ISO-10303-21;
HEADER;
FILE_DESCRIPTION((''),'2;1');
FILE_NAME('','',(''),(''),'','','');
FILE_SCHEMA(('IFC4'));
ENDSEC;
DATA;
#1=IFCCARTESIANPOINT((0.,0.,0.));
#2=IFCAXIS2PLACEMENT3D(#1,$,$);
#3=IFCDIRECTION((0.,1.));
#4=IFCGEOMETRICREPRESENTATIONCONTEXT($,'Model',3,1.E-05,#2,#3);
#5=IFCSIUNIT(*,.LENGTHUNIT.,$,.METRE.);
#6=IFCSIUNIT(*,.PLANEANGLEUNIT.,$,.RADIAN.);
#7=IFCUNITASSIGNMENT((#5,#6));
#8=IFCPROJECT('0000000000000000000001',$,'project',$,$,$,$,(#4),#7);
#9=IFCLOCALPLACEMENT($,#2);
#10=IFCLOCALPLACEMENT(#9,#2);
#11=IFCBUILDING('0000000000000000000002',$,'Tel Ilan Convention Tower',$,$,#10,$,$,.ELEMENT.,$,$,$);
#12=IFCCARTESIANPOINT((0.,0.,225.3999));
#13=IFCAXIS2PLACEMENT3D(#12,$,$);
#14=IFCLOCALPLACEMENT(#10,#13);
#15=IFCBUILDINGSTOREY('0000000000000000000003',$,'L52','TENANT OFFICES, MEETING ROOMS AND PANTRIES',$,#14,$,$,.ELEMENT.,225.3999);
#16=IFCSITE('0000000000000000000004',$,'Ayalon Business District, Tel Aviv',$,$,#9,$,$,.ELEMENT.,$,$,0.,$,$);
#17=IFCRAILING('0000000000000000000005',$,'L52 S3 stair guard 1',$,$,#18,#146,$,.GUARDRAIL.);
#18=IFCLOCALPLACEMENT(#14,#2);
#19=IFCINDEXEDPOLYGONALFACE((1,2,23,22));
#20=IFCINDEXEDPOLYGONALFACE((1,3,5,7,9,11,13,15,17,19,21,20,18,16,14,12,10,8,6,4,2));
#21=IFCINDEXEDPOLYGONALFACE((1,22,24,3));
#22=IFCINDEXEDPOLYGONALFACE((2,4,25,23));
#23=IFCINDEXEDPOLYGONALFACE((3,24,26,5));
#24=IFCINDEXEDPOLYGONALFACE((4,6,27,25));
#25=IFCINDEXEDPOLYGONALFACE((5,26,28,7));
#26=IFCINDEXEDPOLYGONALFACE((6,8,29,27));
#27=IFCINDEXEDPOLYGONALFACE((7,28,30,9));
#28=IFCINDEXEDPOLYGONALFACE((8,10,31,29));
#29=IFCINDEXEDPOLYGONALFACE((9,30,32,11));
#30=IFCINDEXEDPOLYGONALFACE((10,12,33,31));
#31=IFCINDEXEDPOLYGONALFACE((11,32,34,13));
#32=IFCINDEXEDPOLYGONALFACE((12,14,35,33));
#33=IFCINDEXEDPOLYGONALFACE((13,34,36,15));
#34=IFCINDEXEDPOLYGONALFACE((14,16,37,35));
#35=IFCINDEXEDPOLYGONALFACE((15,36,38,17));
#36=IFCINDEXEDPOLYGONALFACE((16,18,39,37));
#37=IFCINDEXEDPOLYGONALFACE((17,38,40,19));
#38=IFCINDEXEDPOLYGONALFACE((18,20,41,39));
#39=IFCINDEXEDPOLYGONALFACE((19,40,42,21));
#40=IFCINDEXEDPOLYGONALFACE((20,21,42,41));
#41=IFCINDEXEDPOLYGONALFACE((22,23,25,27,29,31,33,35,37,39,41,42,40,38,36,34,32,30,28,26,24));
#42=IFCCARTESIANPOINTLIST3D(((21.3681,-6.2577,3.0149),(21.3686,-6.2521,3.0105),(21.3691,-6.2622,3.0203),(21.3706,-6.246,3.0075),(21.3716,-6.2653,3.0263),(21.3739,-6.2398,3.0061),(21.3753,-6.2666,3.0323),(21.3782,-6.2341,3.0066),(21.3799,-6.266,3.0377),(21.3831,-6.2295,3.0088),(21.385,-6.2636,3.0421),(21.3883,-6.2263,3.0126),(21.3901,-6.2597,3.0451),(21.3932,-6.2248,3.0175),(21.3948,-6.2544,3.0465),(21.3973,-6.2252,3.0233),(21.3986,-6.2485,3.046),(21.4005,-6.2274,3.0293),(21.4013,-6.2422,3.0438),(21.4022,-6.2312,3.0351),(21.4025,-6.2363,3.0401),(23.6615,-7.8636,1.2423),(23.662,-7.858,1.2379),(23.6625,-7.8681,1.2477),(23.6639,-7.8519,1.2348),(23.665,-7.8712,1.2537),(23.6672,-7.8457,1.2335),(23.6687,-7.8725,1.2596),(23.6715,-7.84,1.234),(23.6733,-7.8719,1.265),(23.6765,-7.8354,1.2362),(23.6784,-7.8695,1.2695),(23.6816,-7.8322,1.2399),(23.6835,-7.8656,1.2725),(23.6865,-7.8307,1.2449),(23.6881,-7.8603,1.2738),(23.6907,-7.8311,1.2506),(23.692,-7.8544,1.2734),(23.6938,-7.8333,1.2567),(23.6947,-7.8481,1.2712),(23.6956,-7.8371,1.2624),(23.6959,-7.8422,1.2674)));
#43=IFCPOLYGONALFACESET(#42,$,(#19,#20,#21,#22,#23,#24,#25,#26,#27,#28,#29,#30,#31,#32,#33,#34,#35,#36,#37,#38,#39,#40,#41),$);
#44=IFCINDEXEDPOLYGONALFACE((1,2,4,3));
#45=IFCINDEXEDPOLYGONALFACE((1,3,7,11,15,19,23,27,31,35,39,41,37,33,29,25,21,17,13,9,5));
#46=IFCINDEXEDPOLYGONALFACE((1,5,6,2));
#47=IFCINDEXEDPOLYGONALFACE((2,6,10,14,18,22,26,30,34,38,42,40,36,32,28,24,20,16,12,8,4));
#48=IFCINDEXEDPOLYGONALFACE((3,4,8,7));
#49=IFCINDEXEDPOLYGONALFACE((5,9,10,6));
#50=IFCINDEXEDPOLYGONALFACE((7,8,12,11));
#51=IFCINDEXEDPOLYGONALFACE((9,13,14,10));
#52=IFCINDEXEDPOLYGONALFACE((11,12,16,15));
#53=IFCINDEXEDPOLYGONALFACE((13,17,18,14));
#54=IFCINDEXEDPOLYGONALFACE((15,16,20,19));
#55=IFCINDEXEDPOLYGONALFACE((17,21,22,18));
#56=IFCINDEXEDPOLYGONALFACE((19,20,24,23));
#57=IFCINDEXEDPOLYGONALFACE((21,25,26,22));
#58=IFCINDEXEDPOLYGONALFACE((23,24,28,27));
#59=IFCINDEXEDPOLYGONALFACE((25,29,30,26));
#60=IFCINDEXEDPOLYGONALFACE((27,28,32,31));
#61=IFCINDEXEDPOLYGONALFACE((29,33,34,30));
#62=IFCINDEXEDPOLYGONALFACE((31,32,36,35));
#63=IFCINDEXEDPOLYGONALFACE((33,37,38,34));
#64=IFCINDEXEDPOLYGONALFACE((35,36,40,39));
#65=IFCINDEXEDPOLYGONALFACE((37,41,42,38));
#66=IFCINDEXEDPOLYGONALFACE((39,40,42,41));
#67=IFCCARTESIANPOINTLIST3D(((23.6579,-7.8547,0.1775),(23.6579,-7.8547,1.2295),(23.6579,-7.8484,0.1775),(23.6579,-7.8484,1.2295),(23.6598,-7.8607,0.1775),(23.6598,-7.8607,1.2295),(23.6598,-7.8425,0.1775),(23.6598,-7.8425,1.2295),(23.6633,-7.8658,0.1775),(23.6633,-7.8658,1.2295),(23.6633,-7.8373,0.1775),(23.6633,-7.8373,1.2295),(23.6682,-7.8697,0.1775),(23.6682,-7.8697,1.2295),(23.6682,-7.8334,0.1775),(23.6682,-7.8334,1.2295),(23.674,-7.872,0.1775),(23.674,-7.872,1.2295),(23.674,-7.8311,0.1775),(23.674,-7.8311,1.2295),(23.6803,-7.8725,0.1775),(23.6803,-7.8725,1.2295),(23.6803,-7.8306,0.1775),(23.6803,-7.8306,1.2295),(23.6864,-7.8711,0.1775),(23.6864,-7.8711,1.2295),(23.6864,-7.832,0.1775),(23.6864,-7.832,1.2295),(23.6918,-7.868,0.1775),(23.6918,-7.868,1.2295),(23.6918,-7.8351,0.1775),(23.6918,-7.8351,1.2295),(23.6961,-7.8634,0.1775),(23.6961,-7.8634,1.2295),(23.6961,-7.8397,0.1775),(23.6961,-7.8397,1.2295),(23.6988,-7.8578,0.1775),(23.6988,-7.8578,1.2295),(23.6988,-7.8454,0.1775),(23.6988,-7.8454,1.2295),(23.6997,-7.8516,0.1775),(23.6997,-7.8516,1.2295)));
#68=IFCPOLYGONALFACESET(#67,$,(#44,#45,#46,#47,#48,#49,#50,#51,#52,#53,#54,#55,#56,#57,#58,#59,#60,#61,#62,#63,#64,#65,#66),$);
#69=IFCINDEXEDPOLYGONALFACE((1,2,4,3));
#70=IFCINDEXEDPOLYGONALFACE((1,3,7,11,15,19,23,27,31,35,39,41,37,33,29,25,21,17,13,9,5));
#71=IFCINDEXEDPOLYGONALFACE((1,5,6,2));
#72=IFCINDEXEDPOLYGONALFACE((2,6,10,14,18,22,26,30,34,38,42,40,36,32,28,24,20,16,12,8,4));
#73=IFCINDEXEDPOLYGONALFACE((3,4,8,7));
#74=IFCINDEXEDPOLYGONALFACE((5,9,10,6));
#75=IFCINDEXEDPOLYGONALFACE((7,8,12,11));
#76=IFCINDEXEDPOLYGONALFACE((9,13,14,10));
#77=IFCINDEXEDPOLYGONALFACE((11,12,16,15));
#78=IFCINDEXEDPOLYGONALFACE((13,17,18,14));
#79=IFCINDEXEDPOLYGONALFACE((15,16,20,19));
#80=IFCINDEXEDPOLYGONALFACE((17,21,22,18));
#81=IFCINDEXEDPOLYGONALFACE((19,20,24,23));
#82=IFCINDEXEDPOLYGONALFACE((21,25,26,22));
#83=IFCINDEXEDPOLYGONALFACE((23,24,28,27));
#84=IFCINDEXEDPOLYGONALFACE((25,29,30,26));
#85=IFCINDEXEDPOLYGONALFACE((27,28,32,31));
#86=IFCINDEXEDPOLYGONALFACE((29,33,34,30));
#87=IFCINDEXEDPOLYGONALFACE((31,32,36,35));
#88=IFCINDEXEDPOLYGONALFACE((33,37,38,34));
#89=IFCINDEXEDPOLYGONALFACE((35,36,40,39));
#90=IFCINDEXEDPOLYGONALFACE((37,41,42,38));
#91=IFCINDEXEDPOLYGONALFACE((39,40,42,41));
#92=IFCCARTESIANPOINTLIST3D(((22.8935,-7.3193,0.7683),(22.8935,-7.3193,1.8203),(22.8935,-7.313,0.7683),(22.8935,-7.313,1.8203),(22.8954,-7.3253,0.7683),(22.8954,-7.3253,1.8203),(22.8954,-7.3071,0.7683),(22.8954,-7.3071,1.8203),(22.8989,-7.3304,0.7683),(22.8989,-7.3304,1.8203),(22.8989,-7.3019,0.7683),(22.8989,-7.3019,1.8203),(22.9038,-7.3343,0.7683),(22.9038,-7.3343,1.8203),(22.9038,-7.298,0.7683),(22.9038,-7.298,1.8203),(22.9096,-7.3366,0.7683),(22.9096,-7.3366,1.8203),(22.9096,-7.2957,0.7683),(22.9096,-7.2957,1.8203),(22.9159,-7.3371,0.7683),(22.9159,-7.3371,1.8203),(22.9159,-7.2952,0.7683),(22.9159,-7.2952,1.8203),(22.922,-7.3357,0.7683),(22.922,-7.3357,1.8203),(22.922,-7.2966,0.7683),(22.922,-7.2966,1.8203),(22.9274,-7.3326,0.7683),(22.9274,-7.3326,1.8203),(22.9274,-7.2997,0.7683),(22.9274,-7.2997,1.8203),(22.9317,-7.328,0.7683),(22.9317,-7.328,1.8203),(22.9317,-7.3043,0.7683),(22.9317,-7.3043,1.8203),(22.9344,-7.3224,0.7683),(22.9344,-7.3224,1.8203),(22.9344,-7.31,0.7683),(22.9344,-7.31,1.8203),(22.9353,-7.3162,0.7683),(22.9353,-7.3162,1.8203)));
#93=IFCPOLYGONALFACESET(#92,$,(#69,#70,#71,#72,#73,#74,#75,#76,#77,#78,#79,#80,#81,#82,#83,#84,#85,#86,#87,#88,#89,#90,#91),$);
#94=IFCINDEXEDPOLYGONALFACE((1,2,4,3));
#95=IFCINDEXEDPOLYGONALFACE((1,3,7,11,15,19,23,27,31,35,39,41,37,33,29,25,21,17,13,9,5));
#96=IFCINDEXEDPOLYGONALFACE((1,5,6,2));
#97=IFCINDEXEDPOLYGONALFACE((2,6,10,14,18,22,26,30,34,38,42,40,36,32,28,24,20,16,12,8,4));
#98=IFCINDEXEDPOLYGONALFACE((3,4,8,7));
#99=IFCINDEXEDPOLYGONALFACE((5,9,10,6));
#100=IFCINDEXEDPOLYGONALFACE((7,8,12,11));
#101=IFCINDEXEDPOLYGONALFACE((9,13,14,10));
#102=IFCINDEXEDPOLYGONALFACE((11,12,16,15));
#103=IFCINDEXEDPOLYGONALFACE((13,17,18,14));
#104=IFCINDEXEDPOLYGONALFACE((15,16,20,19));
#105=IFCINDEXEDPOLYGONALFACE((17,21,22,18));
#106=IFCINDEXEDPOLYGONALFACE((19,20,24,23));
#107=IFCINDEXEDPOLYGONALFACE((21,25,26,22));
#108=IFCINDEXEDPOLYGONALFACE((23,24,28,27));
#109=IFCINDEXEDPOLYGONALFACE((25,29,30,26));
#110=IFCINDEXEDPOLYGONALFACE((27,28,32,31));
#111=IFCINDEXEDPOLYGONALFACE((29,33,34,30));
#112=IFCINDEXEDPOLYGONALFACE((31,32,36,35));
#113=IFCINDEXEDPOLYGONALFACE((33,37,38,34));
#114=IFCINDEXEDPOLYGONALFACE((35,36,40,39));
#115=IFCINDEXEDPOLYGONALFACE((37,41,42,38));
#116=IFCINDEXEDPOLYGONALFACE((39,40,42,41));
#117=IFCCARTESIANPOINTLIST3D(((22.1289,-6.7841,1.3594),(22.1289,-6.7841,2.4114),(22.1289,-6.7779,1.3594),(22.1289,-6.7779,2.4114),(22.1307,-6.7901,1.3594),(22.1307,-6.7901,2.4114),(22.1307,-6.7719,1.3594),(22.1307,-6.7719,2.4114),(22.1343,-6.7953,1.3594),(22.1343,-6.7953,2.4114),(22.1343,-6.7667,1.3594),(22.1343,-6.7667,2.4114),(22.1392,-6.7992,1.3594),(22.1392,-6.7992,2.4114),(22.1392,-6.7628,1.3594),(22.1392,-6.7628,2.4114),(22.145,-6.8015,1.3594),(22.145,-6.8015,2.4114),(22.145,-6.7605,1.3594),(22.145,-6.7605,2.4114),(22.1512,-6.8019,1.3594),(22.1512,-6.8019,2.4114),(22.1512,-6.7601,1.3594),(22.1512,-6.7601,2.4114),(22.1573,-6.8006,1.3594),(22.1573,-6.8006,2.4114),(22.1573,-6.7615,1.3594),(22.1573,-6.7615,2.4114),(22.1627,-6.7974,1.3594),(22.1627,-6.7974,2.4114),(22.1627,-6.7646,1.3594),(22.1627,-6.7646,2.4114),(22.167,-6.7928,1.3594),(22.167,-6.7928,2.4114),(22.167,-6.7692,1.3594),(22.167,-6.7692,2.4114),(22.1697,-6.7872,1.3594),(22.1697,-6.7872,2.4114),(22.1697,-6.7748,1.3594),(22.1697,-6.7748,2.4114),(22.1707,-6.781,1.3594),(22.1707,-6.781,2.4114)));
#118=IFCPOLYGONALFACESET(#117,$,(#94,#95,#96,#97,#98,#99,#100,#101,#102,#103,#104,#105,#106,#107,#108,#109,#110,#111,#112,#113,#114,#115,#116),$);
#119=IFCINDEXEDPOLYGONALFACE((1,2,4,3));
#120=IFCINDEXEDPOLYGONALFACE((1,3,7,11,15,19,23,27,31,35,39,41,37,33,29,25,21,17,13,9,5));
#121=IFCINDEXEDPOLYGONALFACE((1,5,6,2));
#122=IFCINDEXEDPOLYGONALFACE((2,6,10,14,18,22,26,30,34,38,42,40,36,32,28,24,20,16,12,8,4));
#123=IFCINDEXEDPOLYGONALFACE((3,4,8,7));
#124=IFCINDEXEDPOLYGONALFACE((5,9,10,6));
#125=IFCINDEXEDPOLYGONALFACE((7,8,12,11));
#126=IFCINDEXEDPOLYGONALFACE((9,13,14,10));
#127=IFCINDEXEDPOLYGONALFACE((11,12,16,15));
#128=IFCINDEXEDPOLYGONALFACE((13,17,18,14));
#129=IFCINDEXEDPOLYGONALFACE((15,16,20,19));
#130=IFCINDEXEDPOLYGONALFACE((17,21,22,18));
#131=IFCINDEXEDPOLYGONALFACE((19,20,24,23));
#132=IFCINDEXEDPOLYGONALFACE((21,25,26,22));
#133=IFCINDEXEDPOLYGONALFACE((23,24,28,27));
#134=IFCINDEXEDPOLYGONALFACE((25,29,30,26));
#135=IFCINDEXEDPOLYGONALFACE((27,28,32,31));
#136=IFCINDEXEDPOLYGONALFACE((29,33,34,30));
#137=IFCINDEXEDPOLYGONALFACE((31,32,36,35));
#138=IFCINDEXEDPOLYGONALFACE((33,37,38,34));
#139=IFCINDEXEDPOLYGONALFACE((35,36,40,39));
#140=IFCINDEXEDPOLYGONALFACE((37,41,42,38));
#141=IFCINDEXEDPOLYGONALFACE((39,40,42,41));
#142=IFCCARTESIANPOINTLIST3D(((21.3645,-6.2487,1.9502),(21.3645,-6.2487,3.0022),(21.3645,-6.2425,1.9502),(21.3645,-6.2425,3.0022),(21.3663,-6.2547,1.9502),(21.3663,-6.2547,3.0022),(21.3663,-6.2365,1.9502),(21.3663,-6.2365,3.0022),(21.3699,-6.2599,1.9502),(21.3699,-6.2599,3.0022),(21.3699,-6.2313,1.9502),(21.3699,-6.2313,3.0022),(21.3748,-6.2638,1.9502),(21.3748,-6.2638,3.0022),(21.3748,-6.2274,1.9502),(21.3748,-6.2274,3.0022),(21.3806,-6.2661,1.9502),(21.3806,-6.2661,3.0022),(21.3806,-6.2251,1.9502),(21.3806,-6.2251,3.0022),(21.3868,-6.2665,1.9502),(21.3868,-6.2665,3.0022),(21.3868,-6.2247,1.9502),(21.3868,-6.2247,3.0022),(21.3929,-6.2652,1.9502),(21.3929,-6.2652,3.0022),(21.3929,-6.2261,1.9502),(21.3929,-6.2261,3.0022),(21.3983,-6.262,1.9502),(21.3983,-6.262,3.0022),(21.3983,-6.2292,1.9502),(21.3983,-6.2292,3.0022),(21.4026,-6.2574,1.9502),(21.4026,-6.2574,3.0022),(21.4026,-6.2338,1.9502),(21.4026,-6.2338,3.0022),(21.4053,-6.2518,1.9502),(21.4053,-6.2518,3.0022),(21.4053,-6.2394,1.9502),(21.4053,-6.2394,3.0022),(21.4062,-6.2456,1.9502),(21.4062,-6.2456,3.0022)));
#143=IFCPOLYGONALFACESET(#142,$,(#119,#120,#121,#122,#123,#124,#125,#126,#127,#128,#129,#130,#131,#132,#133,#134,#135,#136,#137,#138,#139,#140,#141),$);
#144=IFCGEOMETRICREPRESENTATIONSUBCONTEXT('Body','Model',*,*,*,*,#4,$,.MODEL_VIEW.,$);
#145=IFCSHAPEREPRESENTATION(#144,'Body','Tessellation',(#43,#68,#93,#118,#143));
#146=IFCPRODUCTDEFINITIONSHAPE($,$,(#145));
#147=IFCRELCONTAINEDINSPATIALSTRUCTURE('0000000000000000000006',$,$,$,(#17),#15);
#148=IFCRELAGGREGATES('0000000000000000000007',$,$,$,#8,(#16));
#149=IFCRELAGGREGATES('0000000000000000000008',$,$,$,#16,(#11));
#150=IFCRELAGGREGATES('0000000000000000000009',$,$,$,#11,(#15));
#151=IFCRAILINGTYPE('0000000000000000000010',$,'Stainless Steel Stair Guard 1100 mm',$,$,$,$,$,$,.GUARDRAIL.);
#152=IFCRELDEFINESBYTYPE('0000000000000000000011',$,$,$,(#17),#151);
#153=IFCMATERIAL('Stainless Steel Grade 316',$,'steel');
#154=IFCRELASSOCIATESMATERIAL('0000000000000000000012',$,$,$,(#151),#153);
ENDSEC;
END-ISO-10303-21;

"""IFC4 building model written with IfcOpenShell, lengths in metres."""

from ifc_helpers import new_model, si_unit, direction, frame, origin, origin_2d, place, context, subcontext, project, spatial, circle, extrude, material, type_object, element, save


model = new_model("IFC4")

# Units and contexts
model_context = context("Model", 3, precision=1e-05, world=origin(), true_north=direction((0.0, 1.0)))
body_context = subcontext(model_context, "Body", "Model", "MODEL_VIEW")
ifc_project = project(units=[si_unit("LENGTHUNIT", "METRE"), si_unit("PLANEANGLEUNIT", "RADIAN")], contexts=[model_context])

# Site, building, storey
site_placement = place(None, origin())
site = spatial("IfcSite", under=ifc_project, at=site_placement, Name="Ayalon Business District, Tel Aviv", CompositionType="ELEMENT", RefElevation=0.0)
building_placement = place(site_placement, origin())
building = spatial("IfcBuilding", under=site, at=building_placement, Name="Tel Ilan Convention Tower", CompositionType="ELEMENT")
storey_placement = place(building_placement, frame((0.0, 0.0, 225.3999)))
storey = spatial("IfcBuildingStorey", under=building, at=storey_placement, Name="L52", Description="TENANT OFFICES, MEETING ROOMS AND PANTRIES", CompositionType="ELEMENT", Elevation=225.3999)

# Railing
ifc_material_1 = material(Name="Stainless Steel Grade 316", Category="steel")
railing_type_1 = type_object("IfcRailingType", Name="Stainless Steel Stair Guard 1100 mm", PredefinedType="GUARDRAIL", material=ifc_material_1)
railing_1_placement = place(storey_placement, frame((23.6787, -7.8516, 0.1775)))
element("IfcRailing", 1, at=railing_1_placement, inside=storey, type_object=railing_type_1, Name="L52 S3 stair guard 1", PredefinedType="GUARDRAIL", context=body_context, shape_type="SweptSolid", body=[
    extrude(circle(Radius=0.0239, at=origin_2d()), frame((0.0, 0.0, 1.0762), z_axis=(-0.692085, 0.484621, 0.53494), x_axis=(-0.573591, -0.819142, 0.0)), (0.0, 0.0, 1.0), 3.3137),
    extrude(circle(Radius=0.021, at=origin_2d()), origin(), (0.0, 0.0, 1.0), 1.052),
    extrude(circle(Radius=0.021, at=origin_2d()), frame((-0.7644, 0.5354, 0.5908)), (0.0, 0.0, 1.0), 1.052),
    extrude(circle(Radius=0.021, at=origin_2d()), frame((-1.5291, 1.0706, 1.1819)), (0.0, 0.0, 1.0), 1.052),
    extrude(circle(Radius=0.021, at=origin_2d()), frame((-2.2935, 1.606, 1.7727)), (0.0, 0.0, 1.0), 1.052),
])

save(model, "model.ifc")
